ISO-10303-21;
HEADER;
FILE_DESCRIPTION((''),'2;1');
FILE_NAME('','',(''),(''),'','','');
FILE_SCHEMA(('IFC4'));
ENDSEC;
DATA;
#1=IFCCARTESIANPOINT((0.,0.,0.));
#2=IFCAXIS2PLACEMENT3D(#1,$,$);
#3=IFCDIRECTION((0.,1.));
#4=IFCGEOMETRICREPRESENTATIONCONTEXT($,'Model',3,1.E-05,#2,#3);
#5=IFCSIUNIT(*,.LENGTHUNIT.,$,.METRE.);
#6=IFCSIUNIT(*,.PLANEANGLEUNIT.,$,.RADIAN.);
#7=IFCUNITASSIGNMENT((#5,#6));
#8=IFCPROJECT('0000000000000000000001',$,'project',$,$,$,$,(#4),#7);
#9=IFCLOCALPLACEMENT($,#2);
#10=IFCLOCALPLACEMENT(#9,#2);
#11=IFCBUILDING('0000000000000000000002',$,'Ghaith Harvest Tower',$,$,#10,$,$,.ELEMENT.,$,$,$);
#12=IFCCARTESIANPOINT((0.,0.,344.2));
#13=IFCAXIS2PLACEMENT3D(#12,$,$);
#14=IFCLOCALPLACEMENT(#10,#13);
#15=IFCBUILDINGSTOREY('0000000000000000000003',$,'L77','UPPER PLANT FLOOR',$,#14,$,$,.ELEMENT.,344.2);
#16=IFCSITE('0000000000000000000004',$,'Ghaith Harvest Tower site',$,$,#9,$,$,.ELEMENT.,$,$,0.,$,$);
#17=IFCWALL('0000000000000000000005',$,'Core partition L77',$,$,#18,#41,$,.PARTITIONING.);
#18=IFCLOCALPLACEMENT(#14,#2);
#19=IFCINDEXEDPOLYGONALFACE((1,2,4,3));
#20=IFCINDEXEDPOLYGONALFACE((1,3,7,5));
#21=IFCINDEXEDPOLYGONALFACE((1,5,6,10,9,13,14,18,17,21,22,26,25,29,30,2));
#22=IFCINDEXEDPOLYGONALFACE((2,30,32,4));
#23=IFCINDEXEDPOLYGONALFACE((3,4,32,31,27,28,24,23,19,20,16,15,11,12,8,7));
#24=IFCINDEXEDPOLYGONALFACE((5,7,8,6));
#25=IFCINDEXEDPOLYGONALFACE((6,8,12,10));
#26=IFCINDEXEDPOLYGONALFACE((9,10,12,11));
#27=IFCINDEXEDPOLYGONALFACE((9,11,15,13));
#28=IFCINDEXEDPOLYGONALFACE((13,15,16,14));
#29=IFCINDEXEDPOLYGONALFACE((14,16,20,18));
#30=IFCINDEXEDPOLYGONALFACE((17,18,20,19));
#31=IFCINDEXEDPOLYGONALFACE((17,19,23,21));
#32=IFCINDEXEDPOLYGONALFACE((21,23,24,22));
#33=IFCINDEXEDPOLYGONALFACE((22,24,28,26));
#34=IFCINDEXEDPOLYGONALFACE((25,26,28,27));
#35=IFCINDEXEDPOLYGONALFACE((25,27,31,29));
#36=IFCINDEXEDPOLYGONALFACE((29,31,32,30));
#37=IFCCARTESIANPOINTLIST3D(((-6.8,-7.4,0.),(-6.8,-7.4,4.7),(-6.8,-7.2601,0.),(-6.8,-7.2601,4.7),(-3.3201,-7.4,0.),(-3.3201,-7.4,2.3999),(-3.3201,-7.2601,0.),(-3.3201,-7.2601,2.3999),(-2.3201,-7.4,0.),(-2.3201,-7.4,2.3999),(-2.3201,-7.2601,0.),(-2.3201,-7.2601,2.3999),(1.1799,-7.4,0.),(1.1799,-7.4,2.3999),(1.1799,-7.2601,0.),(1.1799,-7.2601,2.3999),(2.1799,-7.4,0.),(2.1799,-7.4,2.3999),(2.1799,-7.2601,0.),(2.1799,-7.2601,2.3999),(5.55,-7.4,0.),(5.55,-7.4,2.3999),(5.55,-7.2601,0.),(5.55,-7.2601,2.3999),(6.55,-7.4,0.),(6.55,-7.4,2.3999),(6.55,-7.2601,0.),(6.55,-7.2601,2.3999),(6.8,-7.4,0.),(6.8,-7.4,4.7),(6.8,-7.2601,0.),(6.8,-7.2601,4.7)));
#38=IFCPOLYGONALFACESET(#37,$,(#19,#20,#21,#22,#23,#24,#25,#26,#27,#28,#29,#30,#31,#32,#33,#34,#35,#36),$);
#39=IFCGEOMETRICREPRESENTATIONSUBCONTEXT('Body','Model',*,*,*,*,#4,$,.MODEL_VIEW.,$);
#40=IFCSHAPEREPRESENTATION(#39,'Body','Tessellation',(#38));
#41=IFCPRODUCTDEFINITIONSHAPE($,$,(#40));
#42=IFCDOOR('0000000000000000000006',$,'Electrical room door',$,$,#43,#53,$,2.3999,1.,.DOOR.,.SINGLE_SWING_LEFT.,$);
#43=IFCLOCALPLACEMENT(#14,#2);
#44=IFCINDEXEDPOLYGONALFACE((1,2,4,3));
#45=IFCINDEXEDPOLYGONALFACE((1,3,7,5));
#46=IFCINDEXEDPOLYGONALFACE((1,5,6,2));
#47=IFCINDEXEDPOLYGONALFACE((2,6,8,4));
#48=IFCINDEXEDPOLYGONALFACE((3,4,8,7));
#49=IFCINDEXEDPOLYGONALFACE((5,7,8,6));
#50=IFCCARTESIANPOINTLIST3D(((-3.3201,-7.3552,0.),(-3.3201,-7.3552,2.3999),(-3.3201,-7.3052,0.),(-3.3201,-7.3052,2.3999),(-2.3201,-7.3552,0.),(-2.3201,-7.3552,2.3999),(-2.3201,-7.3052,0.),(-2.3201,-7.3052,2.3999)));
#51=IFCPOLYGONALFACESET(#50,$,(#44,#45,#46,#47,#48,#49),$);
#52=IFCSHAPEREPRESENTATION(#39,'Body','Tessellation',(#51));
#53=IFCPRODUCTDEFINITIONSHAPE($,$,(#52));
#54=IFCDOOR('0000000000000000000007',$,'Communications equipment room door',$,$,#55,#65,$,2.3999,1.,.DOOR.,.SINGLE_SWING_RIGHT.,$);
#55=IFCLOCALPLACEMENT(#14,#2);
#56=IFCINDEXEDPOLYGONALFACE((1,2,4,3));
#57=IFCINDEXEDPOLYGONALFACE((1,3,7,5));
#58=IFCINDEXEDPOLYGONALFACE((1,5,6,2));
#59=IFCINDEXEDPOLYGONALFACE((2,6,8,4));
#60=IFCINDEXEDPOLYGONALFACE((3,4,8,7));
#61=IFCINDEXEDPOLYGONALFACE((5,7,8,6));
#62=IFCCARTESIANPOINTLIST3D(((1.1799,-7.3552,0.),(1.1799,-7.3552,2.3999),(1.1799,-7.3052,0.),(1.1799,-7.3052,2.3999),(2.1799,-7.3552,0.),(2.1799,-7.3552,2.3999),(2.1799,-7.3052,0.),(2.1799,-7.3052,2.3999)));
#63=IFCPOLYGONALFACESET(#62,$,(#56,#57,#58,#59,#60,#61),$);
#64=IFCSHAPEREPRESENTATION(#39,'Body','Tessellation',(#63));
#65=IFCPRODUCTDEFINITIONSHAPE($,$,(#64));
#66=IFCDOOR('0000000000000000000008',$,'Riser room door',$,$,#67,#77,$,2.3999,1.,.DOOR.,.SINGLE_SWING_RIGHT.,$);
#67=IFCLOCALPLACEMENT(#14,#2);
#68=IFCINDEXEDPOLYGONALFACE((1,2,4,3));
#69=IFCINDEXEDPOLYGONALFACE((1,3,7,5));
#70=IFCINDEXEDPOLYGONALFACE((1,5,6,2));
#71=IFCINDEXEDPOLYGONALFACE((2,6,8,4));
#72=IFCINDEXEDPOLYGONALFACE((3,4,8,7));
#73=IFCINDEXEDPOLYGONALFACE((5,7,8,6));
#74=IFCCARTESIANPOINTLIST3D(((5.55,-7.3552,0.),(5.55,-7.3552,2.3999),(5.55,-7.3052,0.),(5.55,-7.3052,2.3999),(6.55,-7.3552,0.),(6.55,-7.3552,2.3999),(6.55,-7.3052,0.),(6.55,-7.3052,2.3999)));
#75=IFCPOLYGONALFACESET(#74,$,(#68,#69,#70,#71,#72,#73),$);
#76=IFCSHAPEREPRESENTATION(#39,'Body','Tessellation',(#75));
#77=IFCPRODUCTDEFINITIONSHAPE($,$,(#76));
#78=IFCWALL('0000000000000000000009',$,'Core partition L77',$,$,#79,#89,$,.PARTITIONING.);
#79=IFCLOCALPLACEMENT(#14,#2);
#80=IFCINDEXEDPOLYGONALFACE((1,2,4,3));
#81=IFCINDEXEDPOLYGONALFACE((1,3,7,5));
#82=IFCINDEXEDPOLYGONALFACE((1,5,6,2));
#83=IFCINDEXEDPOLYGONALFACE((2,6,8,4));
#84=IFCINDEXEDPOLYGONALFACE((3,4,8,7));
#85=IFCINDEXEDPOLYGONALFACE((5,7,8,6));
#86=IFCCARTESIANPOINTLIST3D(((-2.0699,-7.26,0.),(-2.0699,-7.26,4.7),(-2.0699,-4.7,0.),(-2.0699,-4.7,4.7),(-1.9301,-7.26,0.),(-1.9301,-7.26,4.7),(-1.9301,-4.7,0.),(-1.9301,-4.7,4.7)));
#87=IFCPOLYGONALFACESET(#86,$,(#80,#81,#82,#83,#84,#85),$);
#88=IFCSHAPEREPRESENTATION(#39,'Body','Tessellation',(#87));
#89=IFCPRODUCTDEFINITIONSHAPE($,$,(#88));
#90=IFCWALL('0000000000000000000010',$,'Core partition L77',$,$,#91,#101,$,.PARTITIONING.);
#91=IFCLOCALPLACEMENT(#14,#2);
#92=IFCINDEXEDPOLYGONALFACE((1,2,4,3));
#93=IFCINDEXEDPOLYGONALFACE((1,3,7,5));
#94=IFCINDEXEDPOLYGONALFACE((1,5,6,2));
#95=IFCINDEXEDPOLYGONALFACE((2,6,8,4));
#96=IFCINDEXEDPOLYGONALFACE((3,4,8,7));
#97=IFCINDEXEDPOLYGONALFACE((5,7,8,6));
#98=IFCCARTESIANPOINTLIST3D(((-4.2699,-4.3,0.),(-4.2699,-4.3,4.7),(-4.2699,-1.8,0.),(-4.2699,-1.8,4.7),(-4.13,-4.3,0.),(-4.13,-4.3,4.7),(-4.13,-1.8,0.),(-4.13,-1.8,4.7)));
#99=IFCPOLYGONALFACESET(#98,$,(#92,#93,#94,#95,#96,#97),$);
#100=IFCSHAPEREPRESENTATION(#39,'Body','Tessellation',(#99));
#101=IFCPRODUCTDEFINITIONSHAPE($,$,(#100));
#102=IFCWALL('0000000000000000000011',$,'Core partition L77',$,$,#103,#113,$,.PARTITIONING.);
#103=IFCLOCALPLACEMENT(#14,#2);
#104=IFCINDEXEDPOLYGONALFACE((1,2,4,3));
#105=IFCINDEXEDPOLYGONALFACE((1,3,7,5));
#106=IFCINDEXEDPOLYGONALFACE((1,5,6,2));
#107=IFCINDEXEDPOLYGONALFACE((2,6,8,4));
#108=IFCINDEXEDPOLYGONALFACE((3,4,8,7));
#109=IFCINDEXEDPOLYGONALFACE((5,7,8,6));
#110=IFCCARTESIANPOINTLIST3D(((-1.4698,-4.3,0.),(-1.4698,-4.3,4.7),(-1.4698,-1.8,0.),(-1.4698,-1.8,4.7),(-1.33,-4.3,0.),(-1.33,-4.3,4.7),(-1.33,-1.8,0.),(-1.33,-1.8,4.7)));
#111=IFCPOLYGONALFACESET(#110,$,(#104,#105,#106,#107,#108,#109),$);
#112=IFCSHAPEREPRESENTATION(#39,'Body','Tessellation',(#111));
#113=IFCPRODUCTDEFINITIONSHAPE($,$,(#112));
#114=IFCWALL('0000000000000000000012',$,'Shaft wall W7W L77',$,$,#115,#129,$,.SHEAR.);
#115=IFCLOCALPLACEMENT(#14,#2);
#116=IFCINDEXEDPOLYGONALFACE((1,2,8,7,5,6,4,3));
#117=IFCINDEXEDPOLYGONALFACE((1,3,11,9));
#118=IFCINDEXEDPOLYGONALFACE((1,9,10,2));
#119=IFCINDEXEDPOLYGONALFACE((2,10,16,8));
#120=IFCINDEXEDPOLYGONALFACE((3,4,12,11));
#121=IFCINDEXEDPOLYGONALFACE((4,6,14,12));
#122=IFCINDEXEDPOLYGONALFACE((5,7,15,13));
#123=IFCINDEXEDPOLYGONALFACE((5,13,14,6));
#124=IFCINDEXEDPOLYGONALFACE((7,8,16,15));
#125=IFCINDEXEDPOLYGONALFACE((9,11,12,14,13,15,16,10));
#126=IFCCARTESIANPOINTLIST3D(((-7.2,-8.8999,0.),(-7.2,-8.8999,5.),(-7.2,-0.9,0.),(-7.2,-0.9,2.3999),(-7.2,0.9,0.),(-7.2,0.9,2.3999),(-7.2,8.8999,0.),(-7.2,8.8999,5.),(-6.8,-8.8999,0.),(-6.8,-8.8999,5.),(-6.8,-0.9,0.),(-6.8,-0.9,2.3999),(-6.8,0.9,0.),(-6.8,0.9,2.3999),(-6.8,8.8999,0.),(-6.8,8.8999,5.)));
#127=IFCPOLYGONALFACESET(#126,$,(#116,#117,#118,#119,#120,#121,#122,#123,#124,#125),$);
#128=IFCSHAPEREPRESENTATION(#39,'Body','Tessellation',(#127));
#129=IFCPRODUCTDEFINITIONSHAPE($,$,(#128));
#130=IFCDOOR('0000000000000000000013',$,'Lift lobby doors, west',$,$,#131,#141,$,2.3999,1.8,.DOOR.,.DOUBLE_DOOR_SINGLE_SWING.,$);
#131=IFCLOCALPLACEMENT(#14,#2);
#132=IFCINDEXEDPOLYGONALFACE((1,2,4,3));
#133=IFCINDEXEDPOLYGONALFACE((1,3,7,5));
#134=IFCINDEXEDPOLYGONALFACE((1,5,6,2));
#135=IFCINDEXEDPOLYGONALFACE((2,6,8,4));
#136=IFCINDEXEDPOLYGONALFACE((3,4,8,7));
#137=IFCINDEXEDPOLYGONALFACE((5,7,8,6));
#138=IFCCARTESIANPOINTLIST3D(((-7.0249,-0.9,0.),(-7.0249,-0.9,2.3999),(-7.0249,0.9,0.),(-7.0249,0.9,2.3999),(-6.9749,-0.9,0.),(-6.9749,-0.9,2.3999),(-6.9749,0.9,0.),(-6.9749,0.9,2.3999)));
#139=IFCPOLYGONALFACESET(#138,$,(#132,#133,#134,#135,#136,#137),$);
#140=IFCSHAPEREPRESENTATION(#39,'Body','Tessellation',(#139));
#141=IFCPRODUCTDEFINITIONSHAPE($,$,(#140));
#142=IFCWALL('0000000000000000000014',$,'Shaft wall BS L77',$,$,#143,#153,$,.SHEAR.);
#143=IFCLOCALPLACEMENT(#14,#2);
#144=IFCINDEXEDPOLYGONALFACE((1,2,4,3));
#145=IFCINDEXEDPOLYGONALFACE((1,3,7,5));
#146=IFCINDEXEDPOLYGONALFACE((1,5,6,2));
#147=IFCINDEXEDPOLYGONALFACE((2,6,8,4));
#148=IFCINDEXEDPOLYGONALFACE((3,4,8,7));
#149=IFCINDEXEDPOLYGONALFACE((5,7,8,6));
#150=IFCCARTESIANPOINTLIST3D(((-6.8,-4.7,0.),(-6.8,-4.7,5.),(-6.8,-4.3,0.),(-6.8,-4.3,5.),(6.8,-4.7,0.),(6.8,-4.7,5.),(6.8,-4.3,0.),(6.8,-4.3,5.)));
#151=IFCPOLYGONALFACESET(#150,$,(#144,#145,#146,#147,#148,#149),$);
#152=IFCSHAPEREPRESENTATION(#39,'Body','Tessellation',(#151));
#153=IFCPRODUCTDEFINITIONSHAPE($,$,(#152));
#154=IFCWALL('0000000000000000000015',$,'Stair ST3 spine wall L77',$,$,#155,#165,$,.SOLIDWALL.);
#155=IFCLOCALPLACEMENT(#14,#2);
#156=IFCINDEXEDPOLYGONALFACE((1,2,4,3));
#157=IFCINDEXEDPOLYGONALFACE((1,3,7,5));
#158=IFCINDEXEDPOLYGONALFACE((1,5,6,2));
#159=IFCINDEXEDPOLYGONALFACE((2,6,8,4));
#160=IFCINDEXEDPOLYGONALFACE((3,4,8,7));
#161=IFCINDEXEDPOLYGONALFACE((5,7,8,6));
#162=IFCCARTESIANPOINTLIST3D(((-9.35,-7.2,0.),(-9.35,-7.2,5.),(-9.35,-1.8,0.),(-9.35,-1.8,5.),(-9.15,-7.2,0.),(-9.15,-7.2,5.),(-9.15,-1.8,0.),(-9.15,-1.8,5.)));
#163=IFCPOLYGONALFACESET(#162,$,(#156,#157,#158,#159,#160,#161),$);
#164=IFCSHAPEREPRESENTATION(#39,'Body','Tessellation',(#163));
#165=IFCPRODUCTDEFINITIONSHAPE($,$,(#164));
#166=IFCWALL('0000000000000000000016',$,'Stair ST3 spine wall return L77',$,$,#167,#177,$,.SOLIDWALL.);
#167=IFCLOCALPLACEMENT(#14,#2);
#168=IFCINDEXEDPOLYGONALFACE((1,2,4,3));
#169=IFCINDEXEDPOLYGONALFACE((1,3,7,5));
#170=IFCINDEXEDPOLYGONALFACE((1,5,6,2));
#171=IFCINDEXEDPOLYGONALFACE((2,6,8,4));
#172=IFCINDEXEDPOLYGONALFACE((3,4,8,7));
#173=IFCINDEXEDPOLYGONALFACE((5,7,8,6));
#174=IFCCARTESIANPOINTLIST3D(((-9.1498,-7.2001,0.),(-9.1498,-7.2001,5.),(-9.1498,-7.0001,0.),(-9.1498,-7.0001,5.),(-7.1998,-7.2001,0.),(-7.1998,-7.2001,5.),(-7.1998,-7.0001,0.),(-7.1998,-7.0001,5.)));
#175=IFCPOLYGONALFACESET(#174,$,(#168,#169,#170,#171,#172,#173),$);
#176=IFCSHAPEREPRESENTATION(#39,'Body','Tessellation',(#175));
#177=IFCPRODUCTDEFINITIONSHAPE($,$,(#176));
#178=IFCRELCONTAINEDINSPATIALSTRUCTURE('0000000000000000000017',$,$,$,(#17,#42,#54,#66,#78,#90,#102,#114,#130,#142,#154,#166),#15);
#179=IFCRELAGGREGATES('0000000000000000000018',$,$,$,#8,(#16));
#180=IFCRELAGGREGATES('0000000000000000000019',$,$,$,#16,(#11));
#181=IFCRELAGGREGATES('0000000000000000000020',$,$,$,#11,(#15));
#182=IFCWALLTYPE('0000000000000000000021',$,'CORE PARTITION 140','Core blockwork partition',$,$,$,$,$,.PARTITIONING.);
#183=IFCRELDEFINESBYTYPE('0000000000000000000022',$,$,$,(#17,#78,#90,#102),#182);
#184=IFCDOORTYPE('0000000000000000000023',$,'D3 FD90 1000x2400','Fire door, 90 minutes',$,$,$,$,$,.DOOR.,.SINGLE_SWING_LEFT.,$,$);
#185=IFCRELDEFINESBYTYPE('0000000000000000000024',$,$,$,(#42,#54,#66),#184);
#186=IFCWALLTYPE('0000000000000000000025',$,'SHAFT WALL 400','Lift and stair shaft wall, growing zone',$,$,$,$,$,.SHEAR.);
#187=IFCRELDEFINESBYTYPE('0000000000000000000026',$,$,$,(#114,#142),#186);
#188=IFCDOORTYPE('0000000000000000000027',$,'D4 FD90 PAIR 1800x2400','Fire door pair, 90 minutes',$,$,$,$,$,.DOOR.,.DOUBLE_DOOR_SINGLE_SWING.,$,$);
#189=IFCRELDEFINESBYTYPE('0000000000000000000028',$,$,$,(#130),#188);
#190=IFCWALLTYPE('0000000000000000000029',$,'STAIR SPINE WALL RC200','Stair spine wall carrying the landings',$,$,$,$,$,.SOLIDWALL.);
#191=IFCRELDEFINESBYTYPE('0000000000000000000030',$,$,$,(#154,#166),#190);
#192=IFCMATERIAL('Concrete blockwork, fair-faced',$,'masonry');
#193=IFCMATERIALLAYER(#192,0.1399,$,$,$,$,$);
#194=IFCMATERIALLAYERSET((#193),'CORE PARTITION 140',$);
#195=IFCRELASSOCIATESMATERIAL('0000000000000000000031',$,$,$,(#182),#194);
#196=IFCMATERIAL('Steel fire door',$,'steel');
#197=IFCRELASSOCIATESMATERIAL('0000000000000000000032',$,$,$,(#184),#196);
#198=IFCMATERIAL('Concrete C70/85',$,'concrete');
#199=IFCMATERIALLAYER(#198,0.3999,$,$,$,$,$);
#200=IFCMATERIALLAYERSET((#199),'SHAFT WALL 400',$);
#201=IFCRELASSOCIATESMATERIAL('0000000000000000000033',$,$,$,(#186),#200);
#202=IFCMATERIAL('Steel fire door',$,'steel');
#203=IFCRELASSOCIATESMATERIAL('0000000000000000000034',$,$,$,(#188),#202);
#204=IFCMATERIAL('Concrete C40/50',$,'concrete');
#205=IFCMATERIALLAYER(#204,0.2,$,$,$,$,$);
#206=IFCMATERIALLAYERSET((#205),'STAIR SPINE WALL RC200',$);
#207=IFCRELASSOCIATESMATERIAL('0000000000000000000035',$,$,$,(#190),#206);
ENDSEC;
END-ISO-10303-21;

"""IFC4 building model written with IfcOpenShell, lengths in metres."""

from ifc_helpers import new_model, si_unit, direction, frame, frame_2d, origin, place, context, subcontext, project, spatial, rectangle, extrude, material, layer, layer_set, type_object, element, fill, save


model = new_model("IFC4")

# Units and contexts
model_context = context("Model", 3, precision=1e-05, world=origin(), true_north=direction((0.0, 1.0)))
body_context = subcontext(model_context, "Body", "Model", "MODEL_VIEW")
ifc_project = project(units=[si_unit("LENGTHUNIT", "METRE"), si_unit("PLANEANGLEUNIT", "RADIAN")], contexts=[model_context])

# Site, building, storey
site_placement = place(None, origin())
site = spatial("IfcSite", under=ifc_project, at=site_placement, Name="Ghaith Harvest Tower site", CompositionType="ELEMENT", RefElevation=0.0)
building_placement = place(site_placement, origin())
building = spatial("IfcBuilding", under=site, at=building_placement, Name="Ghaith Harvest Tower", CompositionType="ELEMENT")
storey_placement = place(building_placement, frame((0.0, 0.0, 344.2)))
storey = spatial("IfcBuildingStorey", under=building, at=storey_placement, Name="L77", Description="UPPER PLANT FLOOR", CompositionType="ELEMENT", Elevation=344.2)

# Wall, openings, doors
ifc_material_1 = material(Name="Concrete blockwork, fair-faced", Category="masonry")
ifc_layer_1 = layer(ifc_material_1, 0.1399)
ifc_layer_set_1 = layer_set([ifc_layer_1], Name="CORE PARTITION 140")
wall_type_1 = type_object("IfcWallType", Name="CORE PARTITION 140", Description="Core blockwork partition", PredefinedType="PARTITIONING", material=ifc_layer_set_1)
wall_1_placement = place(storey_placement, frame((-6.8, -7.3301, 0.0), z_axis=(0.0, 0.0, 1.0), x_axis=(1.0, 0.0, 0.0)))
wall_1 = element("IfcWall", 1, at=wall_1_placement, inside=storey, type_object=wall_type_1, Name="Core partition L77", PredefinedType="PARTITIONING", context=body_context, shape_type="SweptSolid", body=[
    extrude(rectangle(XDim=13.6001, YDim=0.1399, at=frame_2d((6.8, 0.0))), origin(), (0.0, 0.0, 1.0), 4.7),
])
opening_1_placement = place(wall_1_placement, frame((3.48, 0.0, 0.0)))
opening_1 = element("IfcOpeningElement", 2, at=opening_1_placement, cuts=wall_1, PredefinedType="OPENING", context=body_context, shape_type="SweptSolid", body=[
    extrude(rectangle(XDim=1.0, YDim=2.3999, at=frame_2d((0.5, 1.2))), frame((0.0, 0.0801, 0.0), z_axis=(0.0, -1.0, 0.0), x_axis=(1.0, 0.0, 0.0)), (0.0, 0.0, 1.0), 0.1599),
])
opening_2_placement = place(wall_1_placement, frame((7.98, 0.0, 0.0)))
opening_2 = element("IfcOpeningElement", 3, at=opening_2_placement, cuts=wall_1, PredefinedType="OPENING", context=body_context, shape_type="SweptSolid", body=[
    extrude(rectangle(XDim=1.0, YDim=2.3999, at=frame_2d((0.5, 1.2))), frame((0.0, 0.0801, 0.0), z_axis=(0.0, -1.0, 0.0), x_axis=(1.0, 0.0, 0.0)), (0.0, 0.0, 1.0), 0.1599),
])
opening_3_placement = place(wall_1_placement, frame((12.3501, 0.0, 0.0)))
opening_3 = element("IfcOpeningElement", 4, at=opening_3_placement, cuts=wall_1, PredefinedType="OPENING", context=body_context, shape_type="SweptSolid", body=[
    extrude(rectangle(XDim=1.0, YDim=2.3999, at=frame_2d((0.5, 1.2))), frame((0.0, 0.0801, 0.0), z_axis=(0.0, -1.0, 0.0), x_axis=(1.0, 0.0, 0.0)), (0.0, 0.0, 1.0), 0.1599),
])
ifc_material_2 = material(Name="Steel fire door", Category="steel")
door_type_1 = type_object("IfcDoorType", Name="D3 FD90 1000x2400", Description="Fire door, 90 minutes", OperationType="SINGLE_SWING_LEFT", PredefinedType="DOOR", material=ifc_material_2)
door_1_placement = place(opening_1_placement, origin())
door_1 = element("IfcDoor", 5, at=door_1_placement, inside=storey, type_object=door_type_1, Name="Electrical room door", OperationType="SINGLE_SWING_LEFT", OverallHeight=2.3999, OverallWidth=1.0, PredefinedType="DOOR", context=body_context, shape_type="SweptSolid", body=[
    extrude(rectangle(XDim=1.0, YDim=2.3999, at=frame_2d((0.5, 1.2))), frame((0.0, 0.0249, 0.0), z_axis=(0.0, -1.0, 0.0), x_axis=(1.0, 0.0, 0.0)), (0.0, 0.0, 1.0), 0.05),
])
fill(opening_1, door_1)
door_2_placement = place(opening_2_placement, origin())
door_2 = element("IfcDoor", 6, at=door_2_placement, inside=storey, type_object=door_type_1, Name="Communications equipment room door", OperationType="SINGLE_SWING_RIGHT", OverallHeight=2.3999, OverallWidth=1.0, PredefinedType="DOOR", context=body_context, shape_type="SweptSolid", body=[
    extrude(rectangle(XDim=1.0, YDim=2.3999, at=frame_2d((0.5, 1.2))), frame((0.0, 0.0249, 0.0), z_axis=(0.0, -1.0, 0.0), x_axis=(1.0, 0.0, 0.0)), (0.0, 0.0, 1.0), 0.05),
])
fill(opening_2, door_2)
door_3_placement = place(opening_3_placement, origin())
door_3 = element("IfcDoor", 7, at=door_3_placement, inside=storey, type_object=door_type_1, Name="Riser room door", OperationType="SINGLE_SWING_RIGHT", OverallHeight=2.3999, OverallWidth=1.0, PredefinedType="DOOR", context=body_context, shape_type="SweptSolid", body=[
    extrude(rectangle(XDim=1.0, YDim=2.3999, at=frame_2d((0.5, 1.2))), frame((0.0, 0.0249, 0.0), z_axis=(0.0, -1.0, 0.0), x_axis=(1.0, 0.0, 0.0)), (0.0, 0.0, 1.0), 0.05),
])
fill(opening_3, door_3)

# Walls
wall_2_placement = place(storey_placement, frame((-2.0, -4.7, 0.0), z_axis=(0.0, 0.0, 1.0), x_axis=(0.0, -1.0, 0.0)))
element("IfcWall", 8, at=wall_2_placement, inside=storey, type_object=wall_type_1, Name="Core partition L77", PredefinedType="PARTITIONING", context=body_context, shape_type="SweptSolid", body=[
    extrude(rectangle(XDim=2.5601, YDim=0.1399, at=frame_2d((1.28, 0.0))), origin(), (0.0, 0.0, 1.0), 4.7),
])
for number, where, z_axis, x_axis, name in (
    (9, (-4.2, -1.8, 0.0), (0.0, 0.0, 1.0), (0.0, -1.0, 0.0), "Core partition L77"),
    (10, (-1.3999, -1.8, 0.0), (0.0, 0.0, 1.0), (0.0, -1.0, 0.0), "Core partition L77"),
):
    element("IfcWall", number, at=place(storey_placement, frame(where, z_axis=z_axis, x_axis=x_axis)), inside=storey, type_object=wall_type_1, Name=name, PredefinedType="PARTITIONING", context=body_context, shape_type="SweptSolid", body=[
        extrude(rectangle(XDim=2.5, YDim=0.1399, at=frame_2d((1.25, 0.0))), origin(), (0.0, 0.0, 1.0), 4.7),
    ])

# Wall, opening, door
ifc_material_3 = material(Name="Concrete C70/85", Category="concrete")
ifc_layer_2 = layer(ifc_material_3, 0.3999)
ifc_layer_set_2 = layer_set([ifc_layer_2], Name="SHAFT WALL 400")
wall_type_2 = type_object("IfcWallType", Name="SHAFT WALL 400", Description="Lift and stair shaft wall, growing zone", PredefinedType="SHEAR", material=ifc_layer_set_2)
wall_3_placement = place(storey_placement, frame((-7.0, -8.8999, 0.0), z_axis=(0.0, 0.0, 1.0), x_axis=(0.0, 1.0, 0.0)))
wall_3 = element("IfcWall", 11, at=wall_3_placement, inside=storey, type_object=wall_type_2, Name="Shaft wall W7W L77", PredefinedType="SHEAR", context=body_context, shape_type="SweptSolid", body=[
    extrude(rectangle(XDim=17.7998, YDim=0.3999, at=frame_2d((8.8999, 0.0))), origin(), (0.0, 0.0, 1.0), 5.0),
])
opening_4_placement = place(wall_3_placement, frame((8.0, 0.0, 0.0)))
opening_4 = element("IfcOpeningElement", 12, at=opening_4_placement, cuts=wall_3, PredefinedType="OPENING", context=body_context, shape_type="SweptSolid", body=[
    extrude(rectangle(XDim=1.8, YDim=2.3999, at=frame_2d((0.8999, 1.2))), frame((0.0, 0.21, 0.0), z_axis=(0.0, -1.0, 0.0), x_axis=(1.0, 0.0, 0.0)), (0.0, 0.0, 1.0), 0.4199),
])
ifc_material_4 = material(Name="Steel fire door", Category="steel")
door_type_2 = type_object("IfcDoorType", Name="D4 FD90 PAIR 1800x2400", Description="Fire door pair, 90 minutes", OperationType="DOUBLE_DOOR_SINGLE_SWING", PredefinedType="DOOR", material=ifc_material_4)
door_4_placement = place(opening_4_placement, origin())
door_4 = element("IfcDoor", 13, at=door_4_placement, inside=storey, type_object=door_type_2, Name="Lift lobby doors, west", OperationType="DOUBLE_DOOR_SINGLE_SWING", OverallHeight=2.3999, OverallWidth=1.8, PredefinedType="DOOR", context=body_context, shape_type="SweptSolid", body=[
    extrude(rectangle(XDim=1.8, YDim=2.3999, at=frame_2d((0.8999, 1.2))), frame((0.0, 0.0249, 0.0), z_axis=(0.0, -1.0, 0.0), x_axis=(1.0, 0.0, 0.0)), (0.0, 0.0, 1.0), 0.05),
])
fill(opening_4, door_4)

# Walls
wall_4_placement = place(storey_placement, frame((-6.8, -4.5, 0.0), z_axis=(0.0, 0.0, 1.0), x_axis=(1.0, 0.0, 0.0)))
element("IfcWall", 14, at=wall_4_placement, inside=storey, type_object=wall_type_2, Name="Shaft wall BS L77", PredefinedType="SHEAR", context=body_context, shape_type="SweptSolid", body=[
    extrude(rectangle(XDim=13.6001, YDim=0.3999, at=frame_2d((6.8, 0.0))), origin(), (0.0, 0.0, 1.0), 5.0),
])
ifc_material_5 = material(Name="Concrete C40/50", Category="concrete")
ifc_layer_3 = layer(ifc_material_5, 0.2)
ifc_layer_set_3 = layer_set([ifc_layer_3], Name="STAIR SPINE WALL RC200")
wall_type_3 = type_object("IfcWallType", Name="STAIR SPINE WALL RC200", Description="Stair spine wall carrying the landings", PredefinedType="SOLIDWALL", material=ifc_layer_set_3)
wall_5_placement = place(storey_placement, frame((-9.25, -7.2, 0.0), z_axis=(0.0, 0.0, 1.0), x_axis=(0.0, 1.0, 0.0)))
element("IfcWall", 15, at=wall_5_placement, inside=storey, type_object=wall_type_3, Name="Stair ST3 spine wall L77", PredefinedType="SOLIDWALL", context=body_context, shape_type="SweptSolid", body=[
    extrude(rectangle(XDim=5.3999, YDim=0.2, at=frame_2d((2.7, 0.0))), origin(), (0.0, 0.0, 1.0), 5.0),
])
wall_6_placement = place(storey_placement, frame((-9.1499, -7.1001, 0.0), z_axis=(0.0, 0.0, 1.0), x_axis=(1.0, 0.0, 0.0)))
element("IfcWall", 16, at=wall_6_placement, inside=storey, type_object=wall_type_3, Name="Stair ST3 spine wall return L77", PredefinedType="SOLIDWALL", context=body_context, shape_type="SweptSolid", body=[
    extrude(rectangle(XDim=1.95, YDim=0.2, at=frame_2d((0.9751, 0.0))), origin(), (0.0, 0.0, 1.0), 5.0),
])

save(model, "model.ifc")
